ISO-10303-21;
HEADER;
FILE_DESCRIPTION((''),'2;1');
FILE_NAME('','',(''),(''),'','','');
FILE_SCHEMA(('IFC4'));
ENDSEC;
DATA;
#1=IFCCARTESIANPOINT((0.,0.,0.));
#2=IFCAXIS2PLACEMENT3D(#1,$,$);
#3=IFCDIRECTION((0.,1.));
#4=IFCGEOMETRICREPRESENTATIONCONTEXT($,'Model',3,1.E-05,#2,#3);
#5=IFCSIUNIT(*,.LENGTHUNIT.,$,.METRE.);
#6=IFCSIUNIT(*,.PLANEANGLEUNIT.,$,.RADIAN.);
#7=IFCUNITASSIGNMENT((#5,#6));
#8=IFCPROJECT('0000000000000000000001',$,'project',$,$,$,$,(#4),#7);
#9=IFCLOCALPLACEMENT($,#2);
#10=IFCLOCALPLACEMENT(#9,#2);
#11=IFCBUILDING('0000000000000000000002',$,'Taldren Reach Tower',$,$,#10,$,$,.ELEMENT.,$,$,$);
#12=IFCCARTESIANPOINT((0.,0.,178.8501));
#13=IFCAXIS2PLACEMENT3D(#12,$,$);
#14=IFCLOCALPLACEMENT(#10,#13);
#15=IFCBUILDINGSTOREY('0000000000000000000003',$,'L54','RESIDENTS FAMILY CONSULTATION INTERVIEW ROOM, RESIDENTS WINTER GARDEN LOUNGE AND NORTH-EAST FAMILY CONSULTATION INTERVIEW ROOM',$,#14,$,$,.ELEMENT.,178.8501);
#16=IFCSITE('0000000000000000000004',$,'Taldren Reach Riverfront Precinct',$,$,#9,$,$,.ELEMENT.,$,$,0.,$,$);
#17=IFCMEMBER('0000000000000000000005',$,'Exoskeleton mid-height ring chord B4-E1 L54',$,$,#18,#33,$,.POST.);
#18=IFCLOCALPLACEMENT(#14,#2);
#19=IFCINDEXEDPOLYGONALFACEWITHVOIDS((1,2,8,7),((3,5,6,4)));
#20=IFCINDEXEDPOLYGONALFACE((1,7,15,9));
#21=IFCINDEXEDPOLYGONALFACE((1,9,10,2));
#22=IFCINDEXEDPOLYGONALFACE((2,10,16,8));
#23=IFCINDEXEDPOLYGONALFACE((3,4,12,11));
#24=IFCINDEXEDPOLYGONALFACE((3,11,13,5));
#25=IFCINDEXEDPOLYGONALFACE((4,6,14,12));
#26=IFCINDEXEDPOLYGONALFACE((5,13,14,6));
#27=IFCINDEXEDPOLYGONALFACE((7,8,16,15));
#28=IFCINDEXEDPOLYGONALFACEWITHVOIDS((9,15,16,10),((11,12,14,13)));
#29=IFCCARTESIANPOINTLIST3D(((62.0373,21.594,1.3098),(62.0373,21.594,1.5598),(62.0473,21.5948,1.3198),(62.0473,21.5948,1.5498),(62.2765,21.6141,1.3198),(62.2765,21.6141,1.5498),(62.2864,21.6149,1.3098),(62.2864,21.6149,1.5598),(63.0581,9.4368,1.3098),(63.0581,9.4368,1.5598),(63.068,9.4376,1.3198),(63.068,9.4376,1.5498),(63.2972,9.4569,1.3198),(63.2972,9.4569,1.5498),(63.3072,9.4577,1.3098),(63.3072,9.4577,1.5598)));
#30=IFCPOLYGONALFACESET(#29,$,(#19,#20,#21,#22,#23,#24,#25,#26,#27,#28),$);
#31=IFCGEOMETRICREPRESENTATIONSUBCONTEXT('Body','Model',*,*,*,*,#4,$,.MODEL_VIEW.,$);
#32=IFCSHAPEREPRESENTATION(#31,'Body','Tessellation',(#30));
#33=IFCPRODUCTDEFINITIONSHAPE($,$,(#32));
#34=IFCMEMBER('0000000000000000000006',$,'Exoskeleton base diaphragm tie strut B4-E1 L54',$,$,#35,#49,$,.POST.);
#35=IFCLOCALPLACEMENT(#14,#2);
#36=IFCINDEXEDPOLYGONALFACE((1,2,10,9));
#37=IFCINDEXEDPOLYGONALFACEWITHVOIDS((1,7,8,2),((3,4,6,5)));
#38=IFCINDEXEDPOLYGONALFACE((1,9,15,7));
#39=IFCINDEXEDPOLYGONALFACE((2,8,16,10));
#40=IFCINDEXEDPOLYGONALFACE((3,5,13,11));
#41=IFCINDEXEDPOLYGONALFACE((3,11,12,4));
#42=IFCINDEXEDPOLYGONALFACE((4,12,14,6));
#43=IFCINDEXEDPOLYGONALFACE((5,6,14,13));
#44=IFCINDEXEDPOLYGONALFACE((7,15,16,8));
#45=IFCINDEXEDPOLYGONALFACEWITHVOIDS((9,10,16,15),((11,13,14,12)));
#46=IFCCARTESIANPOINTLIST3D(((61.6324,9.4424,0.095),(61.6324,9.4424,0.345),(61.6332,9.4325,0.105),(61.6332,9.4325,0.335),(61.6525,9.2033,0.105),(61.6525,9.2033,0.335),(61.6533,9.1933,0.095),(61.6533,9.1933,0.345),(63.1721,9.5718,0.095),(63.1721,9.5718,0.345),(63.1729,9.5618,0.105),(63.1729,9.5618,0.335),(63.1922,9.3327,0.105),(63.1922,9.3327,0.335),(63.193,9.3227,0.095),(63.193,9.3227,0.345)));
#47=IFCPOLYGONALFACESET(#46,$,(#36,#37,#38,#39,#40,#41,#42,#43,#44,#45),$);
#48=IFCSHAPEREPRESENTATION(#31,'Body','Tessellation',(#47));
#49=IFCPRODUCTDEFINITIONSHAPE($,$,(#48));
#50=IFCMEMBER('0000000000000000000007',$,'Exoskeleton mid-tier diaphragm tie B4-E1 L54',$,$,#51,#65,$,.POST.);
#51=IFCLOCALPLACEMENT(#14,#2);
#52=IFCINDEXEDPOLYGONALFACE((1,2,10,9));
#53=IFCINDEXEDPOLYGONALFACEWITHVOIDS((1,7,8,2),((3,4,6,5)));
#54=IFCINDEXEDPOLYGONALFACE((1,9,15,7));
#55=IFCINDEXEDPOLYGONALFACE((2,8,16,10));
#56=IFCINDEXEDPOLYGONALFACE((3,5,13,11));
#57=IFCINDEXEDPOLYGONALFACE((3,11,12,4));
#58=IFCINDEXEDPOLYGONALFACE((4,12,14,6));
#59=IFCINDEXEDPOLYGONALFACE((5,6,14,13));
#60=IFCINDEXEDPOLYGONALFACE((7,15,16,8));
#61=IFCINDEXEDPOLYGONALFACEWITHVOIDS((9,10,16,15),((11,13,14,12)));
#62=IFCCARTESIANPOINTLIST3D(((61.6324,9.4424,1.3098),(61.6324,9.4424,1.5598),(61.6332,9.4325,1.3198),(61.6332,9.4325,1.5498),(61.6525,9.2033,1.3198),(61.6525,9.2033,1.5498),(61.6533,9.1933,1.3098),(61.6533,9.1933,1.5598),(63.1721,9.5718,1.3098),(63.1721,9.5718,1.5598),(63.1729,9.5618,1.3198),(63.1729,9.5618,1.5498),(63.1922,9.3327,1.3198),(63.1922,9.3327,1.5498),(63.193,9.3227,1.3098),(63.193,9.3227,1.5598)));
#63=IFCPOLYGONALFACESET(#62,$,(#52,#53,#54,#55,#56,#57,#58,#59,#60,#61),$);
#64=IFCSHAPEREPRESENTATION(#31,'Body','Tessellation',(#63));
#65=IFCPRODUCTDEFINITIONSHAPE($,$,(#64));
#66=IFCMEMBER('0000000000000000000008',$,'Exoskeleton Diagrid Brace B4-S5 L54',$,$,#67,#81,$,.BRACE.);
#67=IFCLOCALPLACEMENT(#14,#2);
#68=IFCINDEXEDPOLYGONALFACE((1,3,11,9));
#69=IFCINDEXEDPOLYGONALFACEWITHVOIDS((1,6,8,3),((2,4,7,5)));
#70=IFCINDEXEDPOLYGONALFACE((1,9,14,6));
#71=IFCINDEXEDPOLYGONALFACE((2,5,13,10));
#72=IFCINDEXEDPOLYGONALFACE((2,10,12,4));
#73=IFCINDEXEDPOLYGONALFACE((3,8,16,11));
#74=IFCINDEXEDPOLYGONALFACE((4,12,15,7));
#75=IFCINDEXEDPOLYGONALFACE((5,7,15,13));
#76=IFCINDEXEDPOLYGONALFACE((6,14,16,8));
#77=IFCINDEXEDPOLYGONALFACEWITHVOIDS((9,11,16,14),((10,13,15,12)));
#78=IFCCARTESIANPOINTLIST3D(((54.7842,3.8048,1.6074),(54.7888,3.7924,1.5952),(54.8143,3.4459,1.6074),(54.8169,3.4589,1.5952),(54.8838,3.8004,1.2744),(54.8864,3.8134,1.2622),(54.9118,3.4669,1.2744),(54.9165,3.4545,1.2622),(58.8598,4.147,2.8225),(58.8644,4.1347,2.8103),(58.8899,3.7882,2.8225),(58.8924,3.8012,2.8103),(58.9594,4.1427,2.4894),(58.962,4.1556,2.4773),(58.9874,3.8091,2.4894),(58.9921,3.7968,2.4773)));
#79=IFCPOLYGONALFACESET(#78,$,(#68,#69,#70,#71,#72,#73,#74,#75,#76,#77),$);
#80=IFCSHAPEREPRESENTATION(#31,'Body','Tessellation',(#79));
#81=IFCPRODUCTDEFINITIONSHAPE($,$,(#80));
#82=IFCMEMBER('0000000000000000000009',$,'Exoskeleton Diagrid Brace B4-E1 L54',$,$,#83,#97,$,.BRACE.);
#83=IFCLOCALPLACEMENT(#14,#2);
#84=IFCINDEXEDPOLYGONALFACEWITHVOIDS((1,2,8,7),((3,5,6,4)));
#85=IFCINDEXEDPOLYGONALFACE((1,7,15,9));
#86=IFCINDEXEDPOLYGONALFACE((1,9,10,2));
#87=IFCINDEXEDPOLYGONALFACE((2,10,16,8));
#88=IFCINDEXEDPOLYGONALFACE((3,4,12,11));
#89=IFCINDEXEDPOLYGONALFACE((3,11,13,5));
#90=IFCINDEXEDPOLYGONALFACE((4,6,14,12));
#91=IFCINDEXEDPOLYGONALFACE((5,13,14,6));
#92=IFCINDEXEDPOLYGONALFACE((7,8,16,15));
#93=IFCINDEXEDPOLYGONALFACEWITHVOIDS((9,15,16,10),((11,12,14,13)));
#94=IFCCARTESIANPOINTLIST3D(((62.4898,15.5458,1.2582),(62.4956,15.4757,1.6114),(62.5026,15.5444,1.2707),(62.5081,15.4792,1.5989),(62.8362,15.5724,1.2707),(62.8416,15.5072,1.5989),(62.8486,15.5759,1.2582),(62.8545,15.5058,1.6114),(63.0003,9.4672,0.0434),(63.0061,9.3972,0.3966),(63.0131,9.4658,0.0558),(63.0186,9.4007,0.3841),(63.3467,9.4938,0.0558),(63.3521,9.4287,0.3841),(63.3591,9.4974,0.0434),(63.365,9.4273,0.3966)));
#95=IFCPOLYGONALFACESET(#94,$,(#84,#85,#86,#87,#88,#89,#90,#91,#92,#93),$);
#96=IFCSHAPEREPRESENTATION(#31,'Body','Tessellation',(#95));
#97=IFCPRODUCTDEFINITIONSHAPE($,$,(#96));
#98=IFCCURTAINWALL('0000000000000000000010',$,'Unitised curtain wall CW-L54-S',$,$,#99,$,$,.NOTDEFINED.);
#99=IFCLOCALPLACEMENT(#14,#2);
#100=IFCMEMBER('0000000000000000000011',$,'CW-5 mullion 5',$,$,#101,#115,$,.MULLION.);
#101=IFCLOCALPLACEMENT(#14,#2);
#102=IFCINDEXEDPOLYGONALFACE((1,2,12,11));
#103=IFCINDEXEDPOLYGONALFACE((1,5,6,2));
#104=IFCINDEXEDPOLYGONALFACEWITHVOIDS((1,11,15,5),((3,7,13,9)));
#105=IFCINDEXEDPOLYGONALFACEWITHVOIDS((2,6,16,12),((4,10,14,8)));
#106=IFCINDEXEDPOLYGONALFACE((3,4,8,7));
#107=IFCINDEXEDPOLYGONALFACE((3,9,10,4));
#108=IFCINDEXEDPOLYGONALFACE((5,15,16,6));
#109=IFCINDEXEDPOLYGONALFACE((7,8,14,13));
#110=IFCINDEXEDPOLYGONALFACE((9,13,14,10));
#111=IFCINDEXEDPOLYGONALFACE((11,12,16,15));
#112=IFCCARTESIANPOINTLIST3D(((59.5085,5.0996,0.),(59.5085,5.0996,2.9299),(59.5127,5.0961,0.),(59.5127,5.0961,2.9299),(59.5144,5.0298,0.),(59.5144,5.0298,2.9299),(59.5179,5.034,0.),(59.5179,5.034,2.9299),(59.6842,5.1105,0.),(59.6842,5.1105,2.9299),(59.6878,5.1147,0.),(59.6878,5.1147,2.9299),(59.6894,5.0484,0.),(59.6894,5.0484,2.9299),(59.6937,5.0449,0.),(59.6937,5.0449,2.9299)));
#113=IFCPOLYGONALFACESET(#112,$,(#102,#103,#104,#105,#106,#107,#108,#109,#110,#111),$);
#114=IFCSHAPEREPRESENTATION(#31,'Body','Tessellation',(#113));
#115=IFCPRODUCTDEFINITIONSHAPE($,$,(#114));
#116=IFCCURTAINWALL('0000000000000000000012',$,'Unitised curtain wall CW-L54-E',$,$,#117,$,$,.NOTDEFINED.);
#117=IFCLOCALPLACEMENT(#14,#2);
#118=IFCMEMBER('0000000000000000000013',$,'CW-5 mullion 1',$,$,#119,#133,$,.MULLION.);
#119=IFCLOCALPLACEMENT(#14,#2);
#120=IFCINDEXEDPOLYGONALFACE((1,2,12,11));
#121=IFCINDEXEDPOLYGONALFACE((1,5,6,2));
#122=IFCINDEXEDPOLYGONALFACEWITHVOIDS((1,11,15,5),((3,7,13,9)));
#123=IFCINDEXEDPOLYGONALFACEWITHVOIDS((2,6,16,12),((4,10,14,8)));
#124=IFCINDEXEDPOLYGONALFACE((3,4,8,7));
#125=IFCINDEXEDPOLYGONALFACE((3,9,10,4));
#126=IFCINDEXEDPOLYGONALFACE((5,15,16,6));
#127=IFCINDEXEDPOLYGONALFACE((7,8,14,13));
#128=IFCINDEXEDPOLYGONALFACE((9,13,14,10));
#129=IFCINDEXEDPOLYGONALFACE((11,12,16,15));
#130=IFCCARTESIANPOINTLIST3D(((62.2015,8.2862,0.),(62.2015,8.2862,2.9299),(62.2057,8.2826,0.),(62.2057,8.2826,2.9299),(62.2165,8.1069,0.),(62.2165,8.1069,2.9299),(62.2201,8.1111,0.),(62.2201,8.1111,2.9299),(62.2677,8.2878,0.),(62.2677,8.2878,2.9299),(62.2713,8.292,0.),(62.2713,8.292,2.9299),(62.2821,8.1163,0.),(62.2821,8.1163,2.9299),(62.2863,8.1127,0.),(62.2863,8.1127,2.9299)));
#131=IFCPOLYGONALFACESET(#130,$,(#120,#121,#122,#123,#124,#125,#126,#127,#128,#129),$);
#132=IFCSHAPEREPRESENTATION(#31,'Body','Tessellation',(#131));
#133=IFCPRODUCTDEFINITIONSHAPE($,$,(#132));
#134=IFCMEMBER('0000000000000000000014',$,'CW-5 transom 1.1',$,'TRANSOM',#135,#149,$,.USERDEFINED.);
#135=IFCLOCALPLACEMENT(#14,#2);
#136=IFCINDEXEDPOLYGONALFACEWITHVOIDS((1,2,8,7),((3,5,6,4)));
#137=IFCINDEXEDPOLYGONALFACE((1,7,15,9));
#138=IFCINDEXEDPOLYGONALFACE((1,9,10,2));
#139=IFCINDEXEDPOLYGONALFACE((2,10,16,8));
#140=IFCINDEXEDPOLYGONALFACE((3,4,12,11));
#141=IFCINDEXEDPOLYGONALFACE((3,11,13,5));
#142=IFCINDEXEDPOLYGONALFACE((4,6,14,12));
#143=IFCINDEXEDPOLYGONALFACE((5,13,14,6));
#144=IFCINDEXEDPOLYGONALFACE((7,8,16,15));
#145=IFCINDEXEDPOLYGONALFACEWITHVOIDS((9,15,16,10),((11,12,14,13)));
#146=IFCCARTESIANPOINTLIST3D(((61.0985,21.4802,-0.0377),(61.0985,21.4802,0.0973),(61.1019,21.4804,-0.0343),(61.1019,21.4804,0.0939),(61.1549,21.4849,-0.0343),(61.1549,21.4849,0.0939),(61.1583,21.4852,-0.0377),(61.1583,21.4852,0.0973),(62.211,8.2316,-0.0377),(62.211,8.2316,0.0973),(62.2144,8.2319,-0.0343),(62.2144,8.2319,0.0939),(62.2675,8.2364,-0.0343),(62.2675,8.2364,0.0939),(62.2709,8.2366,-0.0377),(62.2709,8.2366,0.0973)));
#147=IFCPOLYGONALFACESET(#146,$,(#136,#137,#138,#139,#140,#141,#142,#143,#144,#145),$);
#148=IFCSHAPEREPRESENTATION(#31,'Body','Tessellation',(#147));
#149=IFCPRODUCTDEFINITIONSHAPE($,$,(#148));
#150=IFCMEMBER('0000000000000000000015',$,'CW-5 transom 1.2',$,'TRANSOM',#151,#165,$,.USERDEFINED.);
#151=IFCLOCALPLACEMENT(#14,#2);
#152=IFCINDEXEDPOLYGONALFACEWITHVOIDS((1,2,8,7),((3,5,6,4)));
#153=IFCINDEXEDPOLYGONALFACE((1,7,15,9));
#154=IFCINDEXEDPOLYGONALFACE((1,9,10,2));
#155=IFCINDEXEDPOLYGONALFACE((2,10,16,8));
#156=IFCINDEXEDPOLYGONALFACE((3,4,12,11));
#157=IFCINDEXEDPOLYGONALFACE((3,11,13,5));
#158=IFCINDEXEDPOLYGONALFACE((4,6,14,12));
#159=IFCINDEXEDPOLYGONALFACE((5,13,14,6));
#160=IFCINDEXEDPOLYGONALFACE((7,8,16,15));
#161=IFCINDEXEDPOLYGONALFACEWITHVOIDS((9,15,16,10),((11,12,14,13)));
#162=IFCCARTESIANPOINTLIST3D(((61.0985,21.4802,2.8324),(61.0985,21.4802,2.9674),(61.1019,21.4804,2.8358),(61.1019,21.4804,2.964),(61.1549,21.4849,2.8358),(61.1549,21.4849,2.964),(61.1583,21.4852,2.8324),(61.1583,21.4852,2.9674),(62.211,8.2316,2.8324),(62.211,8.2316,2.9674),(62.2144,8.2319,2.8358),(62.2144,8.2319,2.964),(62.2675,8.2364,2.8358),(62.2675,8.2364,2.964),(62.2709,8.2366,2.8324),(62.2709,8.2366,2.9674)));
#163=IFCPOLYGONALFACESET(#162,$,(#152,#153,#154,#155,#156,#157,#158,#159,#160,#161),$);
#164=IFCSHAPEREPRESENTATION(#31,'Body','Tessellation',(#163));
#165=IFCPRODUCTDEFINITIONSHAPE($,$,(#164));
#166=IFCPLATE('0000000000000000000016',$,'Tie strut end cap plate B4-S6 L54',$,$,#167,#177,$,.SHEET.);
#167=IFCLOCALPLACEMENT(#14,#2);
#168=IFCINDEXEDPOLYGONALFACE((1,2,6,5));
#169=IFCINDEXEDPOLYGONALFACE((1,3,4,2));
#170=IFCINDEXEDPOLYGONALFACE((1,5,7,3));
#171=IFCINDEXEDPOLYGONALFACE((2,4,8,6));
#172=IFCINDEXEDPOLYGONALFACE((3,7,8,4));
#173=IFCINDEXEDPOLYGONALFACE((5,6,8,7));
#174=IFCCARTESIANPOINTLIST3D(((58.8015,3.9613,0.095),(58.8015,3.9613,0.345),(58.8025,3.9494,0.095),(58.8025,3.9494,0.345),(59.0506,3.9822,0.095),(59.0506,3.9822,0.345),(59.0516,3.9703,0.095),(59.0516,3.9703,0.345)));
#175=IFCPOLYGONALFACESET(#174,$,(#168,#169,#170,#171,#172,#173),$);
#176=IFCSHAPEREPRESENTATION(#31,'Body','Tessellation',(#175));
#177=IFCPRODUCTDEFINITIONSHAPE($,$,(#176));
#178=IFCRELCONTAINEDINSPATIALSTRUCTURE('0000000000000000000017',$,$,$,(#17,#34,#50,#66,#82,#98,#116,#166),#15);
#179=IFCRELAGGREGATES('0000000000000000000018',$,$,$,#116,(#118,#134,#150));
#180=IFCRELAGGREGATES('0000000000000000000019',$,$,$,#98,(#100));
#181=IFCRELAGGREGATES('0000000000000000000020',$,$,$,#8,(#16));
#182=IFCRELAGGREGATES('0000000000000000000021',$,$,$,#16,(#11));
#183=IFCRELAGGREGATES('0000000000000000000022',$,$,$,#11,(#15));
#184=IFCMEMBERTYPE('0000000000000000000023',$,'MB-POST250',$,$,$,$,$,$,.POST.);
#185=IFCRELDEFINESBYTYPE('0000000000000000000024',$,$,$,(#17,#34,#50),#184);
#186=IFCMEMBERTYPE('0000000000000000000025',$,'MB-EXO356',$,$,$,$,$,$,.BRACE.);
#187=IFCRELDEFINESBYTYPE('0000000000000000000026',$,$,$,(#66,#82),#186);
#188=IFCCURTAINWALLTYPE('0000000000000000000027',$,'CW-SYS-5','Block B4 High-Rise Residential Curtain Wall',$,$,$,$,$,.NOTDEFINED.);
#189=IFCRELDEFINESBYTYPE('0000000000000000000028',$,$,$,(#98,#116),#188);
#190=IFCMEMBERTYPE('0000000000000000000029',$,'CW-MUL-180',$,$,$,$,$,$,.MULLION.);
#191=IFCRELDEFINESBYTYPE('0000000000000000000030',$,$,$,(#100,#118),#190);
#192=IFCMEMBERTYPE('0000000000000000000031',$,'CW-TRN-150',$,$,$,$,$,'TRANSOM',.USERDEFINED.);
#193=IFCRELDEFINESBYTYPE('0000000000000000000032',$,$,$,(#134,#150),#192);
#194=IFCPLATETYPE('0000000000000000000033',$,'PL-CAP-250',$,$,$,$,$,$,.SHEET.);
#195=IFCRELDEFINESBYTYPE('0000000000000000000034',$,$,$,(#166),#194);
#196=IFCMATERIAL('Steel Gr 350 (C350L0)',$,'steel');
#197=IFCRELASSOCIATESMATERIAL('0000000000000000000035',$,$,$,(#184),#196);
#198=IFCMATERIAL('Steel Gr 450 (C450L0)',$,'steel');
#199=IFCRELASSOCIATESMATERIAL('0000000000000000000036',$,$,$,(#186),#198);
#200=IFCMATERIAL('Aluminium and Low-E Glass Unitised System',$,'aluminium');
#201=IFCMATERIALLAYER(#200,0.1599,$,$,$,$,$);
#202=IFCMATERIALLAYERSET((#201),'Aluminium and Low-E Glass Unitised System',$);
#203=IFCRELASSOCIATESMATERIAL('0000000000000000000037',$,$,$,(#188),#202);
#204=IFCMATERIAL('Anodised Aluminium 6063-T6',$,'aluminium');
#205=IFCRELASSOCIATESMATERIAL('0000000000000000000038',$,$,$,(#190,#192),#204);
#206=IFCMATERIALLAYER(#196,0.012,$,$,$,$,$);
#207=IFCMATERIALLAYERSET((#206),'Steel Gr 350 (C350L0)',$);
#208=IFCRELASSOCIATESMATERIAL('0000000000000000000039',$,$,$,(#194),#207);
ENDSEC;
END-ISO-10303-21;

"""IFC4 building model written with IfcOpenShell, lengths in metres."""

from ifc_helpers import new_model, si_unit, direction, frame, origin, origin_2d, place, context, subcontext, project, spatial, rectangle, hollow_rectangle, extrude, source, transform, mapped, material, layer, layer_set, material_profile, profile_set, type_object, element, aggregate, save


model = new_model("IFC4")

# Units and contexts
model_context = context("Model", 3, precision=1e-05, world=origin(), true_north=direction((0.0, 1.0)))
body_context = subcontext(model_context, "Body", "Model", "MODEL_VIEW")
ifc_project = project(units=[si_unit("LENGTHUNIT", "METRE"), si_unit("PLANEANGLEUNIT", "RADIAN")], contexts=[model_context])

# Site, building, storey
site_placement = place(None, origin())
site = spatial("IfcSite", under=ifc_project, at=site_placement, Name="Taldren Reach Riverfront Precinct", CompositionType="ELEMENT", RefElevation=0.0)
building_placement = place(site_placement, origin())
building = spatial("IfcBuilding", under=site, at=building_placement, Name="Taldren Reach Tower", CompositionType="ELEMENT")
storey_placement = place(building_placement, frame((0.0, 0.0, 178.8501)))
storey = spatial("IfcBuildingStorey", under=building, at=storey_placement, Name="L54", Description="RESIDENTS FAMILY CONSULTATION INTERVIEW ROOM, RESIDENTS WINTER GARDEN LOUNGE AND NORTH-EAST FAMILY CONSULTATION INTERVIEW ROOM", CompositionType="ELEMENT", Elevation=178.8501)

# Shared definitions
ifc_material_1 = material(Name="Steel Gr 350 (C350L0)", Category="steel")

# Shared definitions
ifc_material_profile_1 = material_profile(ifc_material_1, hollow_rectangle(XDim=0.25, YDim=0.25, WallThickness=0.01, at=origin_2d()), Name="250x250x10.0SHS")
ifc_profile_set_1 = profile_set([ifc_material_profile_1], Name="Steel Gr 350 (C350L0)")
member_type_1 = type_object("IfcMemberType", Name="MB-POST250", PredefinedType="POST", material=ifc_profile_set_1)

# Members
ifc_material_2 = material(Name="Steel Gr 450 (C450L0)", Category="steel")
shared_shape_1 = source(origin(), body_context, "Body", "SweptSolid", [
    extrude(hollow_rectangle(XDim=0.25, YDim=0.25, WallThickness=0.01, at=origin_2d()), origin(), (0.0, 0.0, 1.0), 12.2),
])
member_1_placement = place(storey_placement, frame((63.1826, 9.4473, 1.4348), z_axis=(-0.083668, 0.996494, 0.0), x_axis=(-0.996494, -0.083668, 0.0)))
element("IfcMember", 1, at=member_1_placement, inside=storey, type_object=member_type_1, Name="Exoskeleton mid-height ring chord B4-E1 L54", PredefinedType="POST", context=body_context, shape_type="MappedRepresentation", body=[
    mapped(shared_shape_1, transform((0.0, 0.0, 0.0), scale=1.0)),
])
shared_shape_2 = source(origin(), body_context, "Body", "SweptSolid", [
    extrude(hollow_rectangle(XDim=0.25, YDim=0.25, WallThickness=0.01, at=origin_2d()), origin(), (0.0, 0.0, 1.0), 1.5452),
])
for number, where, z_axis, x_axis, name in (
    (2, (61.6428, 9.3179, 0.22), (0.996488, 0.083738, 0.0), (-0.083738, 0.996488, 0.0), "Exoskeleton base diaphragm tie strut B4-E1 L54"),
    (3, (61.6428, 9.3179, 1.4348), (0.996488, 0.083738, 0.0), (-0.083738, 0.996488, 0.0), "Exoskeleton mid-tier diaphragm tie B4-E1 L54"),
):
    element("IfcMember", number, at=place(storey_placement, frame(where, z_axis=z_axis, x_axis=x_axis)), inside=storey, type_object=member_type_1, Name=name, PredefinedType="POST", context=body_context, shape_type="MappedRepresentation", body=[
        mapped(shared_shape_2, transform((0.0, 0.0, 0.0), scale=1.0)),
    ])
ifc_material_profile_2 = material_profile(ifc_material_2, hollow_rectangle(XDim=0.3601, YDim=0.3601, WallThickness=0.0127, at=origin_2d()), Name="360x360x12.7SHS")
ifc_profile_set_2 = profile_set([ifc_material_profile_2], Name="Steel Gr 450 (C450L0)")
member_type_2 = type_object("IfcMemberType", Name="MB-EXO356", PredefinedType="BRACE", material=ifc_profile_set_2)
shared_shape_3 = source(origin(), body_context, "Body", "SweptSolid", [
    extrude(hollow_rectangle(XDim=0.3601, YDim=0.3601, WallThickness=0.0127, at=origin_2d()), origin(), (0.0, 0.0, 1.0), 4.2666),
])
member_2_placement = place(storey_placement, frame((54.8503, 3.6296, 1.4348), z_axis=(0.955229, 0.080222, 0.284783), x_axis=(-0.083688, 0.996492, 0.0)))
element("IfcMember", 4, at=member_2_placement, inside=storey, type_object=member_type_2, Name="Exoskeleton Diagrid Brace B4-S5 L54", PredefinedType="BRACE", context=body_context, shape_type="MappedRepresentation", body=[
    mapped(shared_shape_3, transform((0.0, 0.0, 0.0), scale=1.0)),
])
shared_shape_4 = source(origin(), body_context, "Body", "SweptSolid", [
    extrude(hollow_rectangle(XDim=0.3601, YDim=0.3601, WallThickness=0.0127, at=origin_2d()), origin(), (0.0, 0.0, 1.0), 6.2197),
])
member_3_placement = place(storey_placement, frame((63.1826, 9.4473, 0.22), z_axis=(-0.082076, 0.977299, 0.195319), x_axis=(-0.996492, -0.083688, 0.0)))
element("IfcMember", 5, at=member_3_placement, inside=storey, type_object=member_type_2, Name="Exoskeleton Diagrid Brace B4-E1 L54", PredefinedType="BRACE", context=body_context, shape_type="MappedRepresentation", body=[
    mapped(shared_shape_4, transform((0.0, 0.0, 0.0), scale=1.0)),
])

# Curtain wall, member
ifc_material_3 = material(Name="Aluminium and Low-E Glass Unitised System", Category="aluminium")
ifc_layer_1 = layer(ifc_material_3, 0.1599)
ifc_layer_set_1 = layer_set([ifc_layer_1], Name="Aluminium and Low-E Glass Unitised System")
curtain_wall_type = type_object("IfcCurtainWallType", Name="CW-SYS-5", Description="Block B4 High-Rise Residential Curtain Wall", PredefinedType="NOTDEFINED", material=ifc_layer_set_1)
curtain_wall_1_placement = place(storey_placement, origin())
curtain_wall_1 = element("IfcCurtainWall", 6, at=curtain_wall_1_placement, inside=storey, type_object=curtain_wall_type, Name="Unitised curtain wall CW-L54-S", PredefinedType="NOTDEFINED")
ifc_material_4 = material(Name="Anodised Aluminium 6063-T6", Category="aluminium")
ifc_material_profile_3 = material_profile(ifc_material_4, hollow_rectangle(XDim=0.0701, YDim=0.1799, WallThickness=0.0039, at=origin_2d()), Name="ALU-180x70x4RHS")
ifc_profile_set_3 = profile_set([ifc_material_profile_3], Name="Anodised Aluminium 6063-T6")
member_type_3 = type_object("IfcMemberType", Name="CW-MUL-180", PredefinedType="MULLION", material=ifc_profile_set_3)
shared_shape_5 = source(origin(), body_context, "Body", "SweptSolid", [
    extrude(hollow_rectangle(XDim=0.0701, YDim=0.1799, WallThickness=0.0039, at=origin_2d()), origin(), (0.0, 0.0, 1.0), 2.9299),
])
member_4_placement = place(storey_placement, frame((59.6011, 5.0723, 0.0), z_axis=(0.0, 0.0, 1.0), x_axis=(-0.083678, 0.996493, 0.0)))
member_4 = element("IfcMember", 7, at=member_4_placement, type_object=member_type_3, Name="CW-5 mullion 5", PredefinedType="MULLION", context=body_context, shape_type="MappedRepresentation", body=[
    mapped(shared_shape_5, transform((0.0, 0.0, 0.0), scale=1.0)),
])

# Curtain wall, members
curtain_wall_2_placement = place(storey_placement, origin())
curtain_wall_2 = element("IfcCurtainWall", 8, at=curtain_wall_2_placement, inside=storey, type_object=curtain_wall_type, Name="Unitised curtain wall CW-L54-E", PredefinedType="NOTDEFINED")
member_5_placement = place(storey_placement, frame((62.2439, 8.1995, 0.0), z_axis=(0.0, 0.0, 1.0), x_axis=(-0.996493, -0.083678, 0.0)))
member_5 = element("IfcMember", 9, at=member_5_placement, type_object=member_type_3, Name="CW-5 mullion 1", PredefinedType="MULLION", context=body_context, shape_type="MappedRepresentation", body=[
    mapped(shared_shape_5, transform((0.0, 0.0, 0.0), scale=1.0)),
])
ifc_material_profile_4 = material_profile(ifc_material_4, hollow_rectangle(XDim=0.0601, YDim=0.135, WallThickness=0.0034, at=origin_2d()), Name="ALU-135x60x3.5RHS")
ifc_profile_set_4 = profile_set([ifc_material_profile_4], Name="Anodised Aluminium 6063-T6")
member_type_4 = type_object("IfcMemberType", Name="CW-TRN-150", ElementType="TRANSOM", PredefinedType="USERDEFINED", material=ifc_profile_set_4)
shared_shape_6 = source(origin(), body_context, "Body", "SweptSolid", [
    extrude(hollow_rectangle(XDim=0.0601, YDim=0.135, WallThickness=0.0034, at=origin_2d()), origin(), (0.0, 0.0, 1.0), 13.2952),
])
member_6_placement = place(storey_placement, frame((62.241, 8.2341, 0.0298), z_axis=(-0.083681, 0.996493, 0.0), x_axis=(-0.996493, -0.083681, 0.0)))
member_6 = element("IfcMember", 10, at=member_6_placement, type_object=member_type_4, Name="CW-5 transom 1.1", ObjectType="TRANSOM", PredefinedType="USERDEFINED", context=body_context, shape_type="MappedRepresentation", body=[
    mapped(shared_shape_6, transform((0.0, 0.0, 0.0), scale=1.0)),
])
member_7_placement = place(storey_placement, frame((62.241, 8.2341, 2.8999), z_axis=(-0.083681, 0.996493, 0.0), x_axis=(-0.996493, -0.083681, 0.0)))
member_7 = element("IfcMember", 11, at=member_7_placement, type_object=member_type_4, Name="CW-5 transom 1.2", ObjectType="TRANSOM", PredefinedType="USERDEFINED", context=body_context, shape_type="MappedRepresentation", body=[
    mapped(shared_shape_6, transform((0.0, 0.0, 0.0), scale=1.0)),
])
aggregate(curtain_wall_2, [member_5, member_6, member_7])

# Plate
ifc_layer_2 = layer(ifc_material_1, 0.012)
ifc_layer_set_2 = layer_set([ifc_layer_2], Name="Steel Gr 350 (C350L0)")
plate_type_1 = type_object("IfcPlateType", Name="PL-CAP-250", PredefinedType="SHEET", material=ifc_layer_set_2)
shared_shape_7 = source(origin(), body_context, "Body", "SweptSolid", [
    extrude(rectangle(XDim=0.25, YDim=0.012, at=origin_2d()), origin(), (0.0, 0.0, 1.0), 0.25),
])
plate_1_placement = place(storey_placement, frame((58.9265, 3.9658, 0.095), z_axis=(0.0, 0.0, 1.0), x_axis=(0.996493, 0.083678, 0.0)))
element("IfcPlate", 12, at=plate_1_placement, inside=storey, type_object=plate_type_1, Name="Tie strut end cap plate B4-S6 L54", PredefinedType="SHEET", context=body_context, shape_type="MappedRepresentation", body=[
    mapped(shared_shape_7, transform((0.0, 0.0, 0.0), scale=1.0)),
])

aggregate(curtain_wall_1, [member_4])

save(model, "model.ifc")
